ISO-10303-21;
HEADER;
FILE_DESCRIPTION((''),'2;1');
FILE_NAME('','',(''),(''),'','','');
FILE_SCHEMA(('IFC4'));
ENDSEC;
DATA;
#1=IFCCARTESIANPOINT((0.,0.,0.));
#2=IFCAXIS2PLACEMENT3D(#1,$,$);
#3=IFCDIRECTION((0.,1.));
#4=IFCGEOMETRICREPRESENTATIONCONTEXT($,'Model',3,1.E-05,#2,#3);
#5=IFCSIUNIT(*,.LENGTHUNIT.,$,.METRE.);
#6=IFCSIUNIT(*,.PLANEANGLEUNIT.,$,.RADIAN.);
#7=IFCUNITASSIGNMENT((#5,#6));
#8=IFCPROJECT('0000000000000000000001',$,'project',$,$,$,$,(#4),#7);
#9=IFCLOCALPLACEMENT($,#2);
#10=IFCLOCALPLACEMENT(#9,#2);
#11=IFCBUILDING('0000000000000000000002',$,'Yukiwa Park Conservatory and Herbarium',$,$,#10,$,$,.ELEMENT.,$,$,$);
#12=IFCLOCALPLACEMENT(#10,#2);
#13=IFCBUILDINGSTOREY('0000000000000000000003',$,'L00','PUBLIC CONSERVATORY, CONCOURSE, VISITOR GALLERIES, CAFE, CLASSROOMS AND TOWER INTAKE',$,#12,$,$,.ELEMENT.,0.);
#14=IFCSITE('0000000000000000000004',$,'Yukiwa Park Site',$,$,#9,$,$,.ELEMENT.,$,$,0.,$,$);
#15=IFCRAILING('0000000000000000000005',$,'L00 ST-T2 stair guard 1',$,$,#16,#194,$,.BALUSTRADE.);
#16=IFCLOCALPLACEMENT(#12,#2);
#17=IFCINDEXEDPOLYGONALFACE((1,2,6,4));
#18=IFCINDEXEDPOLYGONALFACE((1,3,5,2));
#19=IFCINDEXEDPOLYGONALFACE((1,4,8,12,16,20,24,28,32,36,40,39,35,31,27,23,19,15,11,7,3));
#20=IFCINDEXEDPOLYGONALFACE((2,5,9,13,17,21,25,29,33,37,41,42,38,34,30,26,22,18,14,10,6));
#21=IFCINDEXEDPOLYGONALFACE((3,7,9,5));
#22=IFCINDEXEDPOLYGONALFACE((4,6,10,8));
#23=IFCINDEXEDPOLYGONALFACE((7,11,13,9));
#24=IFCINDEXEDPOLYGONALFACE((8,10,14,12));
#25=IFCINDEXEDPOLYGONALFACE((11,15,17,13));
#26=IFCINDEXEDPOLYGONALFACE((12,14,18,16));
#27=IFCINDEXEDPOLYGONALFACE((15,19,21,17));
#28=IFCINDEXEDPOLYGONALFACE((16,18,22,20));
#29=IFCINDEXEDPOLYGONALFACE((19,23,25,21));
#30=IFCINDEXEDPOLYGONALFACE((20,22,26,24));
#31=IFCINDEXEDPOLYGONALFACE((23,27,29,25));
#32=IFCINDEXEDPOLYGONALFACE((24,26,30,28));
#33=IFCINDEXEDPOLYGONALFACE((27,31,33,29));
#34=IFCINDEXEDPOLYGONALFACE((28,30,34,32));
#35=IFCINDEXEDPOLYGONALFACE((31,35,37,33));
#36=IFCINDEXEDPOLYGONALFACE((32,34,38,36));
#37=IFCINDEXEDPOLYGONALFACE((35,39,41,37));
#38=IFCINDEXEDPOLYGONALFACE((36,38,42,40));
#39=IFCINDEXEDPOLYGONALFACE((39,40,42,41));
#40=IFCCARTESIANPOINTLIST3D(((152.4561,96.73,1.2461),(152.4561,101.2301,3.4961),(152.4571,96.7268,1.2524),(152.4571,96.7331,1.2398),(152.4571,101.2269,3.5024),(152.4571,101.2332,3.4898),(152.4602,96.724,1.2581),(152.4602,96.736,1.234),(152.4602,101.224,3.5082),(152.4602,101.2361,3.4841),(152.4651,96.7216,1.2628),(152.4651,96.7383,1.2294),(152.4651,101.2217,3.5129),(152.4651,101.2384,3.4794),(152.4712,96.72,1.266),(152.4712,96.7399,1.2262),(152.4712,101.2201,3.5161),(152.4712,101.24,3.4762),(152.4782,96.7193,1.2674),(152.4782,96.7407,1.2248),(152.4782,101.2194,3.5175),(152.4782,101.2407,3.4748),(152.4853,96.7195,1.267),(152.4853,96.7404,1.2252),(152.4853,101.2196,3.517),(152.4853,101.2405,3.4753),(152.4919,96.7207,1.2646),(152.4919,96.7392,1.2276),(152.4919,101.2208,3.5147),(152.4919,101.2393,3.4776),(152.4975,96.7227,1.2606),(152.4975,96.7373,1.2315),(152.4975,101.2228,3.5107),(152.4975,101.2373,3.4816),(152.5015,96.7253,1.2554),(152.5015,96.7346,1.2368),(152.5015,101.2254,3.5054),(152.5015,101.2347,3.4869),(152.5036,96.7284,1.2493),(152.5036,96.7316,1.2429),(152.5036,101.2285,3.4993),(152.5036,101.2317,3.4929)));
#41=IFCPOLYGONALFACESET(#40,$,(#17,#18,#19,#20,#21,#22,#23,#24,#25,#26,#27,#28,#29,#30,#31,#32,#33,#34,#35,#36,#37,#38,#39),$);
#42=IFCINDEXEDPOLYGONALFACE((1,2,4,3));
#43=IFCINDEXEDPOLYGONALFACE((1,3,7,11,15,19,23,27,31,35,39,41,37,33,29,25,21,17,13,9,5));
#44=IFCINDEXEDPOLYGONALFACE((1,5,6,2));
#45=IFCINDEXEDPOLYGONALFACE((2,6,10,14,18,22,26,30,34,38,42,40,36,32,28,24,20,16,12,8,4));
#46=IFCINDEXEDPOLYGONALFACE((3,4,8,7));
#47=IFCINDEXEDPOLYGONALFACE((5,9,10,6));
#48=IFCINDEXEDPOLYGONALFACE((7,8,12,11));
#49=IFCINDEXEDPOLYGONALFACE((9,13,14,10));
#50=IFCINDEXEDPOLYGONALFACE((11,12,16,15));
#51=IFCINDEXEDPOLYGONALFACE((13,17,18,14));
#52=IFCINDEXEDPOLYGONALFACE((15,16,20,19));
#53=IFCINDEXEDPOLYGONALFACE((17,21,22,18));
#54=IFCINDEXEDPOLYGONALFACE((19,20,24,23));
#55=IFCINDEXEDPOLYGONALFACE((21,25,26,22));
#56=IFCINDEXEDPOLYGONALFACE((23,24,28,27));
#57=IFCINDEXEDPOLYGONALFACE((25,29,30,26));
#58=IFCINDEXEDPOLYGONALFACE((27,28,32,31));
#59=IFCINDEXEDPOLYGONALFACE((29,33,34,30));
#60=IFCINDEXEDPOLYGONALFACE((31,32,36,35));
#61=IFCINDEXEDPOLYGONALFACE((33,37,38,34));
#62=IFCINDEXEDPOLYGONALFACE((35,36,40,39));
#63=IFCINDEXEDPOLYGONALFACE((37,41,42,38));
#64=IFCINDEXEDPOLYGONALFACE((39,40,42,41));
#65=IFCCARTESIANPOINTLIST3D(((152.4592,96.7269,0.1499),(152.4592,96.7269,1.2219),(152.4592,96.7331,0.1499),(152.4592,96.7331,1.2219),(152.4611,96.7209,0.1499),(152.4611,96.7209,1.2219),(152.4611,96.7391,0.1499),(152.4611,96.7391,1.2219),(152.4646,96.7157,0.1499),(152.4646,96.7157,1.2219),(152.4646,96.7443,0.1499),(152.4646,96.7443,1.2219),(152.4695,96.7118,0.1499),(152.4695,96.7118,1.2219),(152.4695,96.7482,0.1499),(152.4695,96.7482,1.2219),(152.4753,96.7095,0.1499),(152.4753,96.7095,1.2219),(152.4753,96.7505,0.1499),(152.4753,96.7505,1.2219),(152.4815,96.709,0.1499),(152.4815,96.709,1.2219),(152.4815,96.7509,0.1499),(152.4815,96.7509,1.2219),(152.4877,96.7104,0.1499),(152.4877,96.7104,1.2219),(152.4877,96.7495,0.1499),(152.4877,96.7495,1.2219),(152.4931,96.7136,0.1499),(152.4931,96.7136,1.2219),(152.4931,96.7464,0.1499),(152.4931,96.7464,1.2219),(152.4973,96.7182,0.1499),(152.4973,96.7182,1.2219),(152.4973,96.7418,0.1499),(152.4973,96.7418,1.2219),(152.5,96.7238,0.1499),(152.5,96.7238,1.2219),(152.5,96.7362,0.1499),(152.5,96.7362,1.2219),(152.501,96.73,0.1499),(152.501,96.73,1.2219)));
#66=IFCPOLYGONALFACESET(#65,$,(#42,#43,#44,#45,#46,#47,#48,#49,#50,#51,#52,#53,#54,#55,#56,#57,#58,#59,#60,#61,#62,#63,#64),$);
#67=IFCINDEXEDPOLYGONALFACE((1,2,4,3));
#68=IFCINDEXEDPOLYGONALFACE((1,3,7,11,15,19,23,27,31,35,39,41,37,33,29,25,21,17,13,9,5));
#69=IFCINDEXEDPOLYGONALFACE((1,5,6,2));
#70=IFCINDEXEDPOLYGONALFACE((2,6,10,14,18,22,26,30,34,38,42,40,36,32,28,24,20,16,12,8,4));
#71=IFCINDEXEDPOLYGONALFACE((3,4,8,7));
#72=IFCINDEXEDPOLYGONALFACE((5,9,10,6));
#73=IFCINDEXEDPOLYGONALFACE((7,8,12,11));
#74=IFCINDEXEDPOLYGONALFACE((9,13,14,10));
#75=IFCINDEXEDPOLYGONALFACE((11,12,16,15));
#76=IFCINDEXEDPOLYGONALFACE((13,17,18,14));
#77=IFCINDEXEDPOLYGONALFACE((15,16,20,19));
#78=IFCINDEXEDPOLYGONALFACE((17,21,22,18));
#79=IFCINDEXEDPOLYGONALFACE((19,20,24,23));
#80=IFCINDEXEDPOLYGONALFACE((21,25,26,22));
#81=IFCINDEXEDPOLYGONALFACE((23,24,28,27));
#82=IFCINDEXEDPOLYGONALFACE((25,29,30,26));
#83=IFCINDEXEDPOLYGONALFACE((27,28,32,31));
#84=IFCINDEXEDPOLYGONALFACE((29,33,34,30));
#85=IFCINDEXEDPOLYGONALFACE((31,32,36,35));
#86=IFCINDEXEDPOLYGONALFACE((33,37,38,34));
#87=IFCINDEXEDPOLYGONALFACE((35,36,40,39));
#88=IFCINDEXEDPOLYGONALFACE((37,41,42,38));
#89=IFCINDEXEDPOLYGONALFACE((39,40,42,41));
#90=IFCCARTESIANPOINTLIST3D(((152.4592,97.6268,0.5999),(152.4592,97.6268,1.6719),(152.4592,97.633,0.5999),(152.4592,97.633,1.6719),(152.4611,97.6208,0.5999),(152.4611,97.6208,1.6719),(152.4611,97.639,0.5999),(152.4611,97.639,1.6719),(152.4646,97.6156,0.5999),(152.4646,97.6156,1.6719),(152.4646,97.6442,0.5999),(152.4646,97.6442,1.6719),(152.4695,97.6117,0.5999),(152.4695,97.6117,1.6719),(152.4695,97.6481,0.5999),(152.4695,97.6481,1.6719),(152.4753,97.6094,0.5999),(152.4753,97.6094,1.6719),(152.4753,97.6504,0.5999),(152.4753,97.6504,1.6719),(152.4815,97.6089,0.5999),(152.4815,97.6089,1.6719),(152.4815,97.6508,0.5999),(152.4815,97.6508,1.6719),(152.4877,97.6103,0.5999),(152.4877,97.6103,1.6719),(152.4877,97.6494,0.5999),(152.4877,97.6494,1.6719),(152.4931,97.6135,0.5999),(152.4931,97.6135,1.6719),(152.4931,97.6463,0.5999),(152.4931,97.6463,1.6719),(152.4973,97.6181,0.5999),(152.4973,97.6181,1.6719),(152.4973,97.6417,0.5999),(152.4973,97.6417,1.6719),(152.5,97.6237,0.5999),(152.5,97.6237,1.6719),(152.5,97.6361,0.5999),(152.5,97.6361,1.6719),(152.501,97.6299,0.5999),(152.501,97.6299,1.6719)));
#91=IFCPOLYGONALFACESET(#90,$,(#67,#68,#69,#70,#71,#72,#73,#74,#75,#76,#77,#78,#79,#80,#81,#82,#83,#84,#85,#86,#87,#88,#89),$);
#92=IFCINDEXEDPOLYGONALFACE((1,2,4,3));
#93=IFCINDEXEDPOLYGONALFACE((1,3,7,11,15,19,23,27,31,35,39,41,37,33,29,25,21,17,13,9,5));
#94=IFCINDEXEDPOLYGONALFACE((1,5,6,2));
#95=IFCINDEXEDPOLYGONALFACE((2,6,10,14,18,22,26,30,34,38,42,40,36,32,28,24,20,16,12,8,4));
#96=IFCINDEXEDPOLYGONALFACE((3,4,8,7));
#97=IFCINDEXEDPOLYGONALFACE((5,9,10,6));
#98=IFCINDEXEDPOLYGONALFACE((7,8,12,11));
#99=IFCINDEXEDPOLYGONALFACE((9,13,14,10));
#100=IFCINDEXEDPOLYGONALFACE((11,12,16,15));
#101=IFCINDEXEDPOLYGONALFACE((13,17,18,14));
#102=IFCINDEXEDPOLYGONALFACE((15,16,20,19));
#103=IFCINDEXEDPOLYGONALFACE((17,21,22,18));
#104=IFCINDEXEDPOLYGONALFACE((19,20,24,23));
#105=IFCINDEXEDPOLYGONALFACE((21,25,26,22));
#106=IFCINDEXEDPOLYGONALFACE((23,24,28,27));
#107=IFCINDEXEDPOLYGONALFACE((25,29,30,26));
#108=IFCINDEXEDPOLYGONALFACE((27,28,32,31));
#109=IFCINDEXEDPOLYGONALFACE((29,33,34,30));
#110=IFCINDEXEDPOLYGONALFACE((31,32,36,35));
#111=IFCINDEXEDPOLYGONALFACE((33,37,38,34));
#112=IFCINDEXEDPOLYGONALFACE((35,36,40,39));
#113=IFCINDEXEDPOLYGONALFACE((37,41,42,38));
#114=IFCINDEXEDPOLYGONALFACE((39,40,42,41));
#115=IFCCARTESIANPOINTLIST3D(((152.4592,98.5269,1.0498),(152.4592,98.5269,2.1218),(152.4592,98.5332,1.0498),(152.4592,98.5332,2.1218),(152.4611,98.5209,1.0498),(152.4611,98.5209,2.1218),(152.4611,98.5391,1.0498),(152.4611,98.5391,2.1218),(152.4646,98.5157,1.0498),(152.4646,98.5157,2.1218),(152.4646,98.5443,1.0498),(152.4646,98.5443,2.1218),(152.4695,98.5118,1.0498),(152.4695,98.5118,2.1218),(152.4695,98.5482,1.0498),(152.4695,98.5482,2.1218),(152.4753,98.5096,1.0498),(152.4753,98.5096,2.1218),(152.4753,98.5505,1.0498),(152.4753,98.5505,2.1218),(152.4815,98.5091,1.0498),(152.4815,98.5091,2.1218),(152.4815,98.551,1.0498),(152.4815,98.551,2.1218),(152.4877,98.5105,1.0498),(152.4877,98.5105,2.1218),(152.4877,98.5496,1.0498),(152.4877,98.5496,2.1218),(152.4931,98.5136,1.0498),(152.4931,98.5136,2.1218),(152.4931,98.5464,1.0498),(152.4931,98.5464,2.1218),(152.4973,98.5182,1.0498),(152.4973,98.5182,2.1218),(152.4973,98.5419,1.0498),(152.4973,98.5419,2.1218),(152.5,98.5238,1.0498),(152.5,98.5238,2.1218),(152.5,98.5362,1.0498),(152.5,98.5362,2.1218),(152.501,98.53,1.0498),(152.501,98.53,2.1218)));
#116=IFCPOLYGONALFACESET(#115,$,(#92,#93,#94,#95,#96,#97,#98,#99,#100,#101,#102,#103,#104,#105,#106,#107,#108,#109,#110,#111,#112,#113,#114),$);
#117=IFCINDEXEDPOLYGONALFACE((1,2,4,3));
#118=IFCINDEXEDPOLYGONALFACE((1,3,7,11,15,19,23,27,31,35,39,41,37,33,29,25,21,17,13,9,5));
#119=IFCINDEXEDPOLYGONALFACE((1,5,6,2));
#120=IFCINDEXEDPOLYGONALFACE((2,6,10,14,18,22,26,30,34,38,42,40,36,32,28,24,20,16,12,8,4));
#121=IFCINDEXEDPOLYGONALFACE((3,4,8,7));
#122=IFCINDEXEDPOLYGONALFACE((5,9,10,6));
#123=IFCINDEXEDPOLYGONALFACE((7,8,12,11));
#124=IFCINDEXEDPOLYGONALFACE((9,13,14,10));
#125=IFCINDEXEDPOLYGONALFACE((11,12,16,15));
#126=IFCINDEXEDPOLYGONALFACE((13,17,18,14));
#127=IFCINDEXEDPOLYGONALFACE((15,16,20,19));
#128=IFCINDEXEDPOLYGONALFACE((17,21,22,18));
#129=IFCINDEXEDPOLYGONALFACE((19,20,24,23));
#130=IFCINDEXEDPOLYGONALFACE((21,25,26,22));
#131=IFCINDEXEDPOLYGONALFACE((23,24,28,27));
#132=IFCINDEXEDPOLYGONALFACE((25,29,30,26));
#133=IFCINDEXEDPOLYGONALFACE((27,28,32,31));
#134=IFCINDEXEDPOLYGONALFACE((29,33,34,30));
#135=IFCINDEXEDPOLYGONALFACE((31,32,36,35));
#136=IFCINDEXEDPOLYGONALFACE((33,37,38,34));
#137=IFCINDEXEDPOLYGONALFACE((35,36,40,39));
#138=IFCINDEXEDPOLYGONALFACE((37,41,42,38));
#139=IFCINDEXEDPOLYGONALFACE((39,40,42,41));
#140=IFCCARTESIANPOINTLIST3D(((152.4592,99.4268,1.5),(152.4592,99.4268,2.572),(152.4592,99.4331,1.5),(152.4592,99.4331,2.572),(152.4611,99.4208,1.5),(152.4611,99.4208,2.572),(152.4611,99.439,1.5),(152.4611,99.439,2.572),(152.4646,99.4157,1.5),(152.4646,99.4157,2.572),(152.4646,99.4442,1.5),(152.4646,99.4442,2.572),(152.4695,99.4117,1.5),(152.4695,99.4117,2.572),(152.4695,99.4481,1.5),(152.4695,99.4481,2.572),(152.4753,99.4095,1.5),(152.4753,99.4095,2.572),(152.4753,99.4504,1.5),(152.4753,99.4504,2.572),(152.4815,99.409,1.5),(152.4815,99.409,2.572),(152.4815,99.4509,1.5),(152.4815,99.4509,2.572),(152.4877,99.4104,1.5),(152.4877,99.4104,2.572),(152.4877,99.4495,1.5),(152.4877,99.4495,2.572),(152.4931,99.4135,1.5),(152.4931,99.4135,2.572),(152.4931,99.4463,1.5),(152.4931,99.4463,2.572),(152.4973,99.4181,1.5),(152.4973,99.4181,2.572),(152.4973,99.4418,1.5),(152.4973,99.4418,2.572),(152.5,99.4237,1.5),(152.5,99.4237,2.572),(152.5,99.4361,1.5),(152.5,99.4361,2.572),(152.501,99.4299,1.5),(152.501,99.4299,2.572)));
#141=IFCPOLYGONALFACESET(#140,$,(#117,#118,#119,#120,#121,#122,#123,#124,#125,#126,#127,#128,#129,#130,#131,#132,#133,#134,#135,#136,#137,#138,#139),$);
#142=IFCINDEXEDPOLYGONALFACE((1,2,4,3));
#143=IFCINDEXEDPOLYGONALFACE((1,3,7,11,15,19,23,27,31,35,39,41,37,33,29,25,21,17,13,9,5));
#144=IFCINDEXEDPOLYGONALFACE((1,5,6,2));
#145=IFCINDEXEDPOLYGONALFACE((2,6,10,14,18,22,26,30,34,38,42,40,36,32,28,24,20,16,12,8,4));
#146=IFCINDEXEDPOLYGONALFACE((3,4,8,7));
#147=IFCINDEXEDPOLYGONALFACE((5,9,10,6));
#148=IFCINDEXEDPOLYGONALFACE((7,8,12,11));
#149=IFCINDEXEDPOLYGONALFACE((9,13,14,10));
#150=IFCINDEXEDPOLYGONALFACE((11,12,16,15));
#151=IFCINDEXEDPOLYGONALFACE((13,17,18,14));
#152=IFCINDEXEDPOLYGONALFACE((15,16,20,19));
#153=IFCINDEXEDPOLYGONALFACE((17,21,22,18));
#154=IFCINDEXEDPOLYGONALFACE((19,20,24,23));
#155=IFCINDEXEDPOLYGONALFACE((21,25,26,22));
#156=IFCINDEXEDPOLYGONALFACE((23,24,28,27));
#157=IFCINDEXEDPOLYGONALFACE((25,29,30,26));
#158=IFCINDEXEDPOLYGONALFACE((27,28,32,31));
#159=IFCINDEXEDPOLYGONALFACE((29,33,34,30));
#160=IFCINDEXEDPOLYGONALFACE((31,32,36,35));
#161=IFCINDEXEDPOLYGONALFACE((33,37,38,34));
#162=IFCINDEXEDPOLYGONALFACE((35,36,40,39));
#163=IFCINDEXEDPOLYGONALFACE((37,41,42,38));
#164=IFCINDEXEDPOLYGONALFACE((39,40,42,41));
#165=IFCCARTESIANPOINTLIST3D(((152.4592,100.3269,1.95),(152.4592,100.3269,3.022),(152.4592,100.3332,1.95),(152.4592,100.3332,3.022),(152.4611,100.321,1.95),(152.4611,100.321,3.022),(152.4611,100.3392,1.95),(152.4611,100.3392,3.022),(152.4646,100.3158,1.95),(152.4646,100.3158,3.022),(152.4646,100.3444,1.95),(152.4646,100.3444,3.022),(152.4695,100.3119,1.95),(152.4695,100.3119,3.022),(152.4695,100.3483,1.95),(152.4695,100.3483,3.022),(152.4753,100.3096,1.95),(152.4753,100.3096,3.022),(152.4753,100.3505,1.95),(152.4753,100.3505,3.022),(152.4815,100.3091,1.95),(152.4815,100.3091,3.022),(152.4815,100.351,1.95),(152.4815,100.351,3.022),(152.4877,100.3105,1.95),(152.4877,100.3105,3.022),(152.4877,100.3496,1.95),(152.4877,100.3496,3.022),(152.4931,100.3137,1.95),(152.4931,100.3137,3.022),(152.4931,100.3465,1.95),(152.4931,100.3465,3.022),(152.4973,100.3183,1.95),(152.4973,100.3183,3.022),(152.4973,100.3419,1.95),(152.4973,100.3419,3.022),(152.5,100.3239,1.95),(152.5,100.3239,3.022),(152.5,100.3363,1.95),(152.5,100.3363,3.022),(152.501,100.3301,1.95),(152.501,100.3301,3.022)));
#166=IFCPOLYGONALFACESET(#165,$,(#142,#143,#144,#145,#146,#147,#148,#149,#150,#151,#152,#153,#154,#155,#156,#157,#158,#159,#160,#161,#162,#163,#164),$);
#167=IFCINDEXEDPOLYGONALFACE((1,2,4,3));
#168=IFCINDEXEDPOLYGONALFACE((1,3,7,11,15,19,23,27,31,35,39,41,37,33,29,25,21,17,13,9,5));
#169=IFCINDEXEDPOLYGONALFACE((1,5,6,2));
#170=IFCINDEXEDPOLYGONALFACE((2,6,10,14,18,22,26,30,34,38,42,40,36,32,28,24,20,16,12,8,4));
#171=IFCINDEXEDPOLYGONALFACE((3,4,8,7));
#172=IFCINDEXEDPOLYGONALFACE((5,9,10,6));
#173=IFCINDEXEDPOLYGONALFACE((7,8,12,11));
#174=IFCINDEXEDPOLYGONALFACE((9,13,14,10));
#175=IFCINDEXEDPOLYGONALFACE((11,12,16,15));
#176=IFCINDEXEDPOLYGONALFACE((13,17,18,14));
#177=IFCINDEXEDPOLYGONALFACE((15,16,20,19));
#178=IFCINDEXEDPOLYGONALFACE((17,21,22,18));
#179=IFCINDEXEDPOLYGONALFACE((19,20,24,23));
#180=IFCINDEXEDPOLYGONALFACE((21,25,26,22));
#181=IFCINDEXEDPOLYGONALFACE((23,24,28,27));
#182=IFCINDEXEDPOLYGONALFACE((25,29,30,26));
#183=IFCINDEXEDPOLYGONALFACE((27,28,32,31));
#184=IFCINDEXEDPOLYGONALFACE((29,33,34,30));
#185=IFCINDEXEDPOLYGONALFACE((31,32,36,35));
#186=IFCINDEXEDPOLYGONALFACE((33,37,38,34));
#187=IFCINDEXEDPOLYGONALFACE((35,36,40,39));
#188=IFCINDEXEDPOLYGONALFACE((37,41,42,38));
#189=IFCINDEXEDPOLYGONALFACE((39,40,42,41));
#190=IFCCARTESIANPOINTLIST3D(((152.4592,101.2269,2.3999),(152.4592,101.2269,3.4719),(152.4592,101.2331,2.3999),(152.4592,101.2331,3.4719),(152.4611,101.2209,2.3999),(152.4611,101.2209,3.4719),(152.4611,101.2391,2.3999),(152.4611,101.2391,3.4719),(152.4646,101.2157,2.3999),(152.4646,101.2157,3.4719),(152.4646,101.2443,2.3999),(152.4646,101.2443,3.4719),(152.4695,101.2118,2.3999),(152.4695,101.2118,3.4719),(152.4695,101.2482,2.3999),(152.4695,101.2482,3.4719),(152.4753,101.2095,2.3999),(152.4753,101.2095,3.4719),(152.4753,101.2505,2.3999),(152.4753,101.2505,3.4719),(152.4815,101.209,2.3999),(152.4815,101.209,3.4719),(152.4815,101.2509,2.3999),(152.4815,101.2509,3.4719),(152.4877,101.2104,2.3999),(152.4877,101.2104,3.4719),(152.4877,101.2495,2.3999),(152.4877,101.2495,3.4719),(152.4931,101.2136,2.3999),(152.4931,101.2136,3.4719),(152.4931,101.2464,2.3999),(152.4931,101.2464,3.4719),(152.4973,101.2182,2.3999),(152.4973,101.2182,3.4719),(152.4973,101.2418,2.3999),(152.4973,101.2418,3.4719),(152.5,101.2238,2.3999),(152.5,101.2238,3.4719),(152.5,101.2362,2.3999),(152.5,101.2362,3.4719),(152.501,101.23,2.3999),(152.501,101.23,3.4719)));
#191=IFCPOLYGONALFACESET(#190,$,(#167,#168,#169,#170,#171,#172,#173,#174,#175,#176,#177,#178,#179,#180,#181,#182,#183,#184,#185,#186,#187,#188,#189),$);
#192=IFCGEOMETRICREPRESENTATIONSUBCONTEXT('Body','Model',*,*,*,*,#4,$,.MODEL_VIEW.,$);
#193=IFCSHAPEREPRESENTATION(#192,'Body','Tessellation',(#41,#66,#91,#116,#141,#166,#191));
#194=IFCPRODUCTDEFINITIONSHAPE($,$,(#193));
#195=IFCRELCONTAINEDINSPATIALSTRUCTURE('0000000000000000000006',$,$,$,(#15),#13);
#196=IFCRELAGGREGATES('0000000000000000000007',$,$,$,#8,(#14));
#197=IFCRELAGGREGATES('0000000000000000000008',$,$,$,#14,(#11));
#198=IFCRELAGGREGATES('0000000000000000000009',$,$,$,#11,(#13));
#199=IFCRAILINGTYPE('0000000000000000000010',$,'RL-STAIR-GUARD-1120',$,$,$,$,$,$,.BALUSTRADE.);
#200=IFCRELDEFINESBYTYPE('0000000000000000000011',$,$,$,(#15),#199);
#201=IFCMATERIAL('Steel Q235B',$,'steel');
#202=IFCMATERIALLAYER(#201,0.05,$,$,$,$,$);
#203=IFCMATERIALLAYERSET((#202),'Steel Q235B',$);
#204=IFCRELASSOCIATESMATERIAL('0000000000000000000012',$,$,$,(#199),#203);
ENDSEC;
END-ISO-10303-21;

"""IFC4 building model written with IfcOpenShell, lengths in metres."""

from ifc_helpers import new_model, si_unit, direction, frame, origin, origin_2d, place, context, subcontext, project, spatial, circle, extrude, material, layer, layer_set, type_object, element, save


model = new_model("IFC4")

# Units and contexts
model_context = context("Model", 3, precision=1e-05, world=origin(), true_north=direction((0.0, 1.0)))
body_context = subcontext(model_context, "Body", "Model", "MODEL_VIEW")
ifc_project = project(units=[si_unit("LENGTHUNIT", "METRE"), si_unit("PLANEANGLEUNIT", "RADIAN")], contexts=[model_context])

# Site, building, storey
site_placement = place(None, origin())
site = spatial("IfcSite", under=ifc_project, at=site_placement, Name="Yukiwa Park Site", CompositionType="ELEMENT", RefElevation=0.0)
building_placement = place(site_placement, origin())
building = spatial("IfcBuilding", under=site, at=building_placement, Name="Yukiwa Park Conservatory and Herbarium", CompositionType="ELEMENT")
storey_placement = place(building_placement, origin())
storey = spatial("IfcBuildingStorey", under=building, at=storey_placement, Name="L00", Description="PUBLIC CONSERVATORY, CONCOURSE, VISITOR GALLERIES, CAFE, CLASSROOMS AND TOWER INTAKE", CompositionType="ELEMENT", Elevation=0.0)

# Railing
ifc_material_1 = material(Name="Steel Q235B", Category="steel")
ifc_layer_1 = layer(ifc_material_1, 0.05)
ifc_layer_set_1 = layer_set([ifc_layer_1], Name="Steel Q235B")
railing_type = type_object("IfcRailingType", Name="RL-STAIR-GUARD-1120", PredefinedType="BALUSTRADE", material=ifc_layer_set_1)
railing_1_placement = place(storey_placement, frame((152.48, 96.73, 0.1499)))
element("IfcRailing", 1, at=railing_1_placement, inside=storey, type_object=railing_type, Name="L00 ST-T2 stair guard 1", PredefinedType="BALUSTRADE", context=body_context, shape_type="SweptSolid", body=[
    extrude(circle(Radius=0.0239, at=origin_2d()), frame((0.0, 0.0, 1.0962), z_axis=(0.0, 0.894427, 0.447214), x_axis=(-1.0, 0.0, 0.0)), (0.0, 0.0, 1.0), 5.0312),
    extrude(circle(Radius=0.021, at=origin_2d()), origin(), (0.0, 0.0, 1.0), 1.072),
    extrude(circle(Radius=0.021, at=origin_2d()), frame((0.0, 0.8999, 0.45)), (0.0, 0.0, 1.0), 1.072),
    extrude(circle(Radius=0.021, at=origin_2d()), frame((0.0, 1.8, 0.8999)), (0.0, 0.0, 1.0), 1.072),
    extrude(circle(Radius=0.021, at=origin_2d()), frame((0.0, 2.7, 1.3501)), (0.0, 0.0, 1.0), 1.072),
    extrude(circle(Radius=0.021, at=origin_2d()), frame((0.0, 3.6001, 1.8)), (0.0, 0.0, 1.0), 1.072),
    extrude(circle(Radius=0.021, at=origin_2d()), frame((0.0, 4.5, 2.25)), (0.0, 0.0, 1.0), 1.072),
])

save(model, "model.ifc")
